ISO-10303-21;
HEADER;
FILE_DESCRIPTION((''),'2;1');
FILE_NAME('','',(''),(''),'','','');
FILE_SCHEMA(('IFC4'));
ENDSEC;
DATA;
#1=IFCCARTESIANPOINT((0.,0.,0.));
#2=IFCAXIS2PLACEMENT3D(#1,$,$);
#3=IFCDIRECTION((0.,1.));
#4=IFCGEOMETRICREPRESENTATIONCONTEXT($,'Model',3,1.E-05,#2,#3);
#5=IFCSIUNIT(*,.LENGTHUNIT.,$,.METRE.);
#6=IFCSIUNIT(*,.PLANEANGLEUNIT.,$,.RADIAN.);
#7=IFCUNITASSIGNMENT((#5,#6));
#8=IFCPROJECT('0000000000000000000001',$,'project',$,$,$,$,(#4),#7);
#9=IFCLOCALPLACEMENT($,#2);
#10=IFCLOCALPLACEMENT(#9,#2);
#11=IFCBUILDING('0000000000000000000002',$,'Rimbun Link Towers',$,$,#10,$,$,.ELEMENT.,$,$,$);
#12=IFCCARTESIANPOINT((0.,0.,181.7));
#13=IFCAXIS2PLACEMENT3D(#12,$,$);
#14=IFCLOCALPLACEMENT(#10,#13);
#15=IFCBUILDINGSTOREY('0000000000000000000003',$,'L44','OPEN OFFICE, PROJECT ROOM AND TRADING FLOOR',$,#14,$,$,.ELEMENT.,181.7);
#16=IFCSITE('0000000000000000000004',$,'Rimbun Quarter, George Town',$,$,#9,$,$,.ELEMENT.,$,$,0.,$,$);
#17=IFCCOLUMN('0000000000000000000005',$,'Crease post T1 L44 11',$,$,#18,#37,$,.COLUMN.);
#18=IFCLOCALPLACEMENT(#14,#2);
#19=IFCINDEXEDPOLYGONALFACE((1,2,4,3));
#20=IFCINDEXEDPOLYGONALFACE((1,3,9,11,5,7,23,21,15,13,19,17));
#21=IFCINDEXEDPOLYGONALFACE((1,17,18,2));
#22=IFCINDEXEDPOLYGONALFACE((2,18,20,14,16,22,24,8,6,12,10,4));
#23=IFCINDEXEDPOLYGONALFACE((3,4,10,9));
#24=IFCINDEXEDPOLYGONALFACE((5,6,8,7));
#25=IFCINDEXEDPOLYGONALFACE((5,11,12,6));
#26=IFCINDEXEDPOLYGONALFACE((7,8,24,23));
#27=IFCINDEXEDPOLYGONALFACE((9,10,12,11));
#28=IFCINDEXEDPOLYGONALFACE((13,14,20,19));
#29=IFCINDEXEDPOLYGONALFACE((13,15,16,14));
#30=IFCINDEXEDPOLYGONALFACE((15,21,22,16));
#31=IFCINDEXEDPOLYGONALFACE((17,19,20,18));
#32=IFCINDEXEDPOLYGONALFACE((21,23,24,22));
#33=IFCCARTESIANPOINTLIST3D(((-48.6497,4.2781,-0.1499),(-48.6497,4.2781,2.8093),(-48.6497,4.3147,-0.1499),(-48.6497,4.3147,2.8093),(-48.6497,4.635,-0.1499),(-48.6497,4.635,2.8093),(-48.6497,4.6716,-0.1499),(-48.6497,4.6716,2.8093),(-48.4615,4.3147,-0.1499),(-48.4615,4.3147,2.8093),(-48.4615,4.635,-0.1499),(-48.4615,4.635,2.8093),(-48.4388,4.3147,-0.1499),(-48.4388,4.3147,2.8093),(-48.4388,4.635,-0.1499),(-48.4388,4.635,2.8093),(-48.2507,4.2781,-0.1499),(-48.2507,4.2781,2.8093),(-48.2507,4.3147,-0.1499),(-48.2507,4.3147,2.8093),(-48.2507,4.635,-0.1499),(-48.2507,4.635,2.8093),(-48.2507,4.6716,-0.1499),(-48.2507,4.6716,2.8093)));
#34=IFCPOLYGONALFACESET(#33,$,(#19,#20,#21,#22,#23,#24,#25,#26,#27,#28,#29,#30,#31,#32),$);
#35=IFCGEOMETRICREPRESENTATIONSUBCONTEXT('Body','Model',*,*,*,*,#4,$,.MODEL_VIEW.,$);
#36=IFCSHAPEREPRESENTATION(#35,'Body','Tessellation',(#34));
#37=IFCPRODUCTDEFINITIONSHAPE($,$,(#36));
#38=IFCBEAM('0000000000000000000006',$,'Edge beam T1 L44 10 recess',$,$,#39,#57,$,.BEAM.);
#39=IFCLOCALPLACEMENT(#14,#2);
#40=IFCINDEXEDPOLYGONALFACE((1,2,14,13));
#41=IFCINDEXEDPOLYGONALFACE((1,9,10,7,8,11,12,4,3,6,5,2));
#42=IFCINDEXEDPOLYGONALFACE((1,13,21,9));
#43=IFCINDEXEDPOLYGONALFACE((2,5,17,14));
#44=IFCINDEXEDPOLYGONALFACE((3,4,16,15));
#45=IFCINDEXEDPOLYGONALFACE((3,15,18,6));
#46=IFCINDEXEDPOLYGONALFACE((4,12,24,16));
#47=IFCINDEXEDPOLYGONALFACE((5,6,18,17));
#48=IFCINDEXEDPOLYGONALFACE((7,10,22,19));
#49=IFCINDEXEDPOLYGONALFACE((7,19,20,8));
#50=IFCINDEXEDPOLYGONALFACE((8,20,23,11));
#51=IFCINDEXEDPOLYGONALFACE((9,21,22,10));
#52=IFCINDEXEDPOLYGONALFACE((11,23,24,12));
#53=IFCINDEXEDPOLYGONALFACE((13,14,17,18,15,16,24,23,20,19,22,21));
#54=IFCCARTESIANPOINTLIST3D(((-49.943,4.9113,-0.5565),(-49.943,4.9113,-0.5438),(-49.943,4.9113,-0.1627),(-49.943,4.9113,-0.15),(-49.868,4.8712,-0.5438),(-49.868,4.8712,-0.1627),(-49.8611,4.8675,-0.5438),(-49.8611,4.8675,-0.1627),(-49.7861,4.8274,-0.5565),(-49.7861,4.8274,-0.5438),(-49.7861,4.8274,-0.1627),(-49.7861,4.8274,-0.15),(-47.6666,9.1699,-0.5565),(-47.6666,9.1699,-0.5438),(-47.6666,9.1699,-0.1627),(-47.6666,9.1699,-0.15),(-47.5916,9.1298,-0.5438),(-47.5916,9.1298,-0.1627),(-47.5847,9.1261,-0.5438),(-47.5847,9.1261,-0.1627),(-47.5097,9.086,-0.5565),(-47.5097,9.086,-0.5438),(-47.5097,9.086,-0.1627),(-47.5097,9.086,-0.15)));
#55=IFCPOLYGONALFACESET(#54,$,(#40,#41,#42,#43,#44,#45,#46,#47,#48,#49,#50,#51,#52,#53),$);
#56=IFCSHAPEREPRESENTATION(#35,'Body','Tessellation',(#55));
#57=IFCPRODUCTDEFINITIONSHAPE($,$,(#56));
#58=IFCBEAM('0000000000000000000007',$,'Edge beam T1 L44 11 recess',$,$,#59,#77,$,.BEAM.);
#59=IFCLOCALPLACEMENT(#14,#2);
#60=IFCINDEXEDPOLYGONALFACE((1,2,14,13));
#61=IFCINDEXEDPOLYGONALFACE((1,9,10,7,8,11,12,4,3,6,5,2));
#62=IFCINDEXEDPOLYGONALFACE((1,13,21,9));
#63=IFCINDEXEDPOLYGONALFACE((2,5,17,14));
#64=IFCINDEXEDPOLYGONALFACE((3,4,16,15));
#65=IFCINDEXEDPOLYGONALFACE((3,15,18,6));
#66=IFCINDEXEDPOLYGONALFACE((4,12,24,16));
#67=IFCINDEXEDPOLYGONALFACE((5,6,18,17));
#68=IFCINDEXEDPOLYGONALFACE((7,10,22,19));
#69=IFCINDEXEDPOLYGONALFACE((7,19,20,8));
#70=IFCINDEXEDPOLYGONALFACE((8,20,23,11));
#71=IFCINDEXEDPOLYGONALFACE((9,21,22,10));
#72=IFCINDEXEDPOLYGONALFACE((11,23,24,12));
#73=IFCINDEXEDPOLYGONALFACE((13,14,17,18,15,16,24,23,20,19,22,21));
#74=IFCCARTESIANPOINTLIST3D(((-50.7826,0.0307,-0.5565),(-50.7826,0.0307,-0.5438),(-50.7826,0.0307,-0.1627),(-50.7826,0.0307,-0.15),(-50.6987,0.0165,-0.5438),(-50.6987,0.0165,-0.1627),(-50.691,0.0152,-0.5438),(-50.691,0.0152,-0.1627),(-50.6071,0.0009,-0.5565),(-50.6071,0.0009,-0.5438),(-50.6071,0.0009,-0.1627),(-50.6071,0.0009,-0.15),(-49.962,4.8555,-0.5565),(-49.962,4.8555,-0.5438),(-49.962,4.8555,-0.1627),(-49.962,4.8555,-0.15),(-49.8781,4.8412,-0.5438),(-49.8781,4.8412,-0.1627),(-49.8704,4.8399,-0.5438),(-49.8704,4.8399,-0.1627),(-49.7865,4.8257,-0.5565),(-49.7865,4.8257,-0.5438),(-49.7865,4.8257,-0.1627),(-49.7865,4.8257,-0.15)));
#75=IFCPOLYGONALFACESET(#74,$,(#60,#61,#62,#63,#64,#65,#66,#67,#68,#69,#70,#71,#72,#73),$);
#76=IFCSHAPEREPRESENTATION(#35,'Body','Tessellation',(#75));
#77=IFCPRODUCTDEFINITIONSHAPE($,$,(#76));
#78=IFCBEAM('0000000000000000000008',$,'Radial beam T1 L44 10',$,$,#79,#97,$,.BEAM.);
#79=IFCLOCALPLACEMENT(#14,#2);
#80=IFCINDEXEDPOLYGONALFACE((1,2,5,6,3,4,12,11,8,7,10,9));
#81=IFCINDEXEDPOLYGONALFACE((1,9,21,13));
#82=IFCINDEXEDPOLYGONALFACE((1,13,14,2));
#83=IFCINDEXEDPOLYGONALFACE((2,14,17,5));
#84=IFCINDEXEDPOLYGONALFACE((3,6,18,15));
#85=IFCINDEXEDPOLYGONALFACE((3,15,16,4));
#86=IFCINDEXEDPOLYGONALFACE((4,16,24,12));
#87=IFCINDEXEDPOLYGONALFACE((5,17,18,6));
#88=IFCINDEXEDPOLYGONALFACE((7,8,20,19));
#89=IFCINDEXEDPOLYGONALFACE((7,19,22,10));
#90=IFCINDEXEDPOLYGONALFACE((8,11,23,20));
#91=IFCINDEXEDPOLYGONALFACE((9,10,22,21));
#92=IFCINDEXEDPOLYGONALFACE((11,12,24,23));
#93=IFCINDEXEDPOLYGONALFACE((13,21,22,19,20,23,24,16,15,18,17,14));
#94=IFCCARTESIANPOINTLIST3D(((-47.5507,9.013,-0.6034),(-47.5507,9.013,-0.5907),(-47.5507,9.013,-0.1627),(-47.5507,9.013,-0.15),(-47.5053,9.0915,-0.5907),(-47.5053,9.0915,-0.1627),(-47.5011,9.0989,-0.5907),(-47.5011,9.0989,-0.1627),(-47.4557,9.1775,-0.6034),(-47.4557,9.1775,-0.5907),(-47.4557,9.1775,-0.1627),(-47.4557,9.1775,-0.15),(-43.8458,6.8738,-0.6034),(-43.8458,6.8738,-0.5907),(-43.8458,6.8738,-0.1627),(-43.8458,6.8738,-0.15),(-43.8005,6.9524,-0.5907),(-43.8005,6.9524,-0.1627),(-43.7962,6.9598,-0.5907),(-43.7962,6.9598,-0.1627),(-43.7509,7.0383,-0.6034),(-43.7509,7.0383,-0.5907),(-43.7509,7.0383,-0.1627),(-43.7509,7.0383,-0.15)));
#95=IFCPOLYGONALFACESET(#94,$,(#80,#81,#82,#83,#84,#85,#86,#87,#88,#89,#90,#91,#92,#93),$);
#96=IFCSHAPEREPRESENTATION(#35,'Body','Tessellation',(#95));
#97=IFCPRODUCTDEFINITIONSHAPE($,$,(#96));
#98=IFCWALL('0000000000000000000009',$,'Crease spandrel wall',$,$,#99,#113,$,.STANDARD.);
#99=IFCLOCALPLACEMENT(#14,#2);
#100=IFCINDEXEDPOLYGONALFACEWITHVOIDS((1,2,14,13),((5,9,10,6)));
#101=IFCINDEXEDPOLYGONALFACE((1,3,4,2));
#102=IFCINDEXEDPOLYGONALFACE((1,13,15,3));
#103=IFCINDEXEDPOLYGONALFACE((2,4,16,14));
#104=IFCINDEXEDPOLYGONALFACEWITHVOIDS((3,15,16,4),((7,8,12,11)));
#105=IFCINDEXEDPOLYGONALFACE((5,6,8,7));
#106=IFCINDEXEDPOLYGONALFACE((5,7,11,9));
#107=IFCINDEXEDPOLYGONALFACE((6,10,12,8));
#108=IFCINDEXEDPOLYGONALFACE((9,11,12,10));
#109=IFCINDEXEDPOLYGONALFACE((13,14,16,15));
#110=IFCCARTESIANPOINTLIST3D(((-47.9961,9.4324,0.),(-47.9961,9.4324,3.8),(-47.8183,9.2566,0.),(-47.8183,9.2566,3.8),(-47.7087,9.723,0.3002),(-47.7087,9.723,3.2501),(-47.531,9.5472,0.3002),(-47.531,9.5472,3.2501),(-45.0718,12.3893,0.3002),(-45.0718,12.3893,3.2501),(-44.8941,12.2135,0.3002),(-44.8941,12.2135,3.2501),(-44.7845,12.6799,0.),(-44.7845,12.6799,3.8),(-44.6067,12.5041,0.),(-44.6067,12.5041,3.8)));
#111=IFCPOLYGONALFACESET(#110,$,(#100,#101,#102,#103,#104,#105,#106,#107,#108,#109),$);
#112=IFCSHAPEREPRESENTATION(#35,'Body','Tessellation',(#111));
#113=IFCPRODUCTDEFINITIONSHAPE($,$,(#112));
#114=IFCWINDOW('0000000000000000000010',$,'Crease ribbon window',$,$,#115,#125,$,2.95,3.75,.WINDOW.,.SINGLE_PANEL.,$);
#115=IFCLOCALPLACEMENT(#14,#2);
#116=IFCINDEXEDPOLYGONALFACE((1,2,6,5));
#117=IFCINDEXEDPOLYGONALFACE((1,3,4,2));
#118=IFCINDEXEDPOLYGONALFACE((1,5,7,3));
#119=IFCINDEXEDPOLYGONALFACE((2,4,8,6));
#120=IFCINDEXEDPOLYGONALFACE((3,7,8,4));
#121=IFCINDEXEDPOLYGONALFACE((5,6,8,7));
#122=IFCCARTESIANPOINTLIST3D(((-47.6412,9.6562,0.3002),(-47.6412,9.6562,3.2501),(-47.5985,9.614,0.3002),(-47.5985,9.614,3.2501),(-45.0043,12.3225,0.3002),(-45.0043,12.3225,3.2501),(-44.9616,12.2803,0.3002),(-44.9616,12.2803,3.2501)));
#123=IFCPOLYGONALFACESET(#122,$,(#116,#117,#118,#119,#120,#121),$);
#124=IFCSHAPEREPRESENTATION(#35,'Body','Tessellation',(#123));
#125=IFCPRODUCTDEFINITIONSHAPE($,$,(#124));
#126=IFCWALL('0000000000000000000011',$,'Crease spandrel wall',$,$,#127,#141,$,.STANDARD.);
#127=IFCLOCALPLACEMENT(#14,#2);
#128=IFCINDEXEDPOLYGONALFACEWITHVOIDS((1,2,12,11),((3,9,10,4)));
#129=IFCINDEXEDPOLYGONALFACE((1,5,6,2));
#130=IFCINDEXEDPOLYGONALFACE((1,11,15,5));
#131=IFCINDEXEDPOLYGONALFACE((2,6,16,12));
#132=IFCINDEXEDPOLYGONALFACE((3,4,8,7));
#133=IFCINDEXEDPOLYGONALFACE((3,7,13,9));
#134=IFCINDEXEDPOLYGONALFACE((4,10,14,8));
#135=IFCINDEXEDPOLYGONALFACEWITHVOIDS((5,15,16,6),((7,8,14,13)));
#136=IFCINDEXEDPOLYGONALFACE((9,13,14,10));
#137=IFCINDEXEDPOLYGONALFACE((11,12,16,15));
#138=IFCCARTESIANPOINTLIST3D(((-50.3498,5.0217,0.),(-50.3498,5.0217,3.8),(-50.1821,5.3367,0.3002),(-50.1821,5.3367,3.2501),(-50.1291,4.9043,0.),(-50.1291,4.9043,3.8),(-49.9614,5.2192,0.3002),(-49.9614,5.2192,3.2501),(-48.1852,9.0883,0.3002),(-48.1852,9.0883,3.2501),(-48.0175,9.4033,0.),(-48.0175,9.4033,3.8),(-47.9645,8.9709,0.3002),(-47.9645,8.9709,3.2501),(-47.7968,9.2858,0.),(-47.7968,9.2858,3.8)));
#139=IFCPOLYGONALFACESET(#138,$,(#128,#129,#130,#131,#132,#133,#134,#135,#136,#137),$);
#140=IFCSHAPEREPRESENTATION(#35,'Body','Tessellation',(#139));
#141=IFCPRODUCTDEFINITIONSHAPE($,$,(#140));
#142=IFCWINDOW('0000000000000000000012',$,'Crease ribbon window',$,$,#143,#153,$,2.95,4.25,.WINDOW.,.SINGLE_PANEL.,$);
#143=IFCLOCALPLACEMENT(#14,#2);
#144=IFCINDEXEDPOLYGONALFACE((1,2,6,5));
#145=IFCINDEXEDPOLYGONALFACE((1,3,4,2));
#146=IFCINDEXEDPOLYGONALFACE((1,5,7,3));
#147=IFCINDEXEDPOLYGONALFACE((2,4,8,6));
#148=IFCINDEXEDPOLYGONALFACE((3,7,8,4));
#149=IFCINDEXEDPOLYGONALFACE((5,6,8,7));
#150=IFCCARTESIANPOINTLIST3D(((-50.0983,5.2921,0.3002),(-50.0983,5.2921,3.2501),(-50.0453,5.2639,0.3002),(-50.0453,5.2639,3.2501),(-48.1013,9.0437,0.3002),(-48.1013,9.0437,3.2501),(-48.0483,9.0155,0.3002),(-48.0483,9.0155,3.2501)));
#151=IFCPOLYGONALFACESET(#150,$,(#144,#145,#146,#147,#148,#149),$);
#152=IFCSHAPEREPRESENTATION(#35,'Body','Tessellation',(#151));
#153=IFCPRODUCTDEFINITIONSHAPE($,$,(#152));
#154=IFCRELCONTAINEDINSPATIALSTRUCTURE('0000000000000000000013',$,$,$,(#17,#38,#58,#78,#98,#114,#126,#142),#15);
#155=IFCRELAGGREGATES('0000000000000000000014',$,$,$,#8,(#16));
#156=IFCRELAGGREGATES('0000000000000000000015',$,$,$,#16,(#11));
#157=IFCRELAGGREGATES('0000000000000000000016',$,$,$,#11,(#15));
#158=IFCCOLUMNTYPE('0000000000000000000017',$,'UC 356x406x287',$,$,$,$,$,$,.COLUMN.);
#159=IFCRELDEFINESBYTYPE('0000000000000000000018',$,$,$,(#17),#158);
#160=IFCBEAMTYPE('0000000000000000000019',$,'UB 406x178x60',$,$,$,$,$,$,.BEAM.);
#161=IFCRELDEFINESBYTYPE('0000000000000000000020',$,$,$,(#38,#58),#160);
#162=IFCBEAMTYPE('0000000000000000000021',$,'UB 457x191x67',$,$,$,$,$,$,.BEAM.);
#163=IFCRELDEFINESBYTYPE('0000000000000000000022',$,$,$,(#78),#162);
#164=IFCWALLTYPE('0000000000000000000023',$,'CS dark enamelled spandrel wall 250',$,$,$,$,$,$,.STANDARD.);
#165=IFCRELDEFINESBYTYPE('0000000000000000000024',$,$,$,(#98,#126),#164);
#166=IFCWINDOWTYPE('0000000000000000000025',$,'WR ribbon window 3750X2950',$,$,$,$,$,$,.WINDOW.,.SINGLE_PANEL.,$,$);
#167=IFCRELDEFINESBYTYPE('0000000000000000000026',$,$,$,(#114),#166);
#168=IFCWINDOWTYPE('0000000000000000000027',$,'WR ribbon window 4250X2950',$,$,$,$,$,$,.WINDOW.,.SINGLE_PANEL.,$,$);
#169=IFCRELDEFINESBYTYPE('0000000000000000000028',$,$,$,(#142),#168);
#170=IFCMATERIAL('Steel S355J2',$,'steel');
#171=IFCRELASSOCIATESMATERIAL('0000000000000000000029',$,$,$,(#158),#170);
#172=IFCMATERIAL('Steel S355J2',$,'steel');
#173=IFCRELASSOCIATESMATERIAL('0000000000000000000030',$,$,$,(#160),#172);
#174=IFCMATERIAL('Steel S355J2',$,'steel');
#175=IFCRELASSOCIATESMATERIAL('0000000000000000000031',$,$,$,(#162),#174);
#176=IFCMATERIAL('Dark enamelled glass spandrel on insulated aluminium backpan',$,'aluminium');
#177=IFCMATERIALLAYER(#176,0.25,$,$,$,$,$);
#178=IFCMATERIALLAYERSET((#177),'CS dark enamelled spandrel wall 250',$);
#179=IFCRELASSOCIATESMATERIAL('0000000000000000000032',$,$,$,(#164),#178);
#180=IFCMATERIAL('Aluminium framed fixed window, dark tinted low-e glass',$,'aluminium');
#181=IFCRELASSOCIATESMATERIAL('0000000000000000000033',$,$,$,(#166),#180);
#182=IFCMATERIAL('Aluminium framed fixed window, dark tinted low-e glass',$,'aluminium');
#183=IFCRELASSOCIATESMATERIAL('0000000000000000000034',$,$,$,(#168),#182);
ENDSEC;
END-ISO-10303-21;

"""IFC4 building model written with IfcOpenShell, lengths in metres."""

from ifc_helpers import new_model, si_unit, direction, frame, frame_2d, origin, origin_2d, place, context, subcontext, project, spatial, rectangle, i_section, extrude, material, layer, layer_set, material_profile, profile_set, type_object, element, fill, save


model = new_model("IFC4")

# Units and contexts
model_context = context("Model", 3, precision=1e-05, world=origin(), true_north=direction((0.0, 1.0)))
body_context = subcontext(model_context, "Body", "Model", "MODEL_VIEW")
ifc_project = project(units=[si_unit("LENGTHUNIT", "METRE"), si_unit("PLANEANGLEUNIT", "RADIAN")], contexts=[model_context])

# Site, building, storey
site_placement = place(None, origin())
site = spatial("IfcSite", under=ifc_project, at=site_placement, Name="Rimbun Quarter, George Town", CompositionType="ELEMENT", RefElevation=0.0)
building_placement = place(site_placement, origin())
building = spatial("IfcBuilding", under=site, at=building_placement, Name="Rimbun Link Towers", CompositionType="ELEMENT")
storey_placement = place(building_placement, frame((0.0, 0.0, 181.7)))
storey = spatial("IfcBuildingStorey", under=building, at=storey_placement, Name="L44", Description="OPEN OFFICE, PROJECT ROOM AND TRADING FLOOR", CompositionType="ELEMENT", Elevation=181.7)

# Column
ifc_material_1 = material(Name="Steel S355J2", Category="steel")
ifc_material_profile_1 = material_profile(ifc_material_1, i_section(OverallWidth=0.3989, OverallDepth=0.3936, WebThickness=0.0227, FlangeThickness=0.0366, at=origin_2d()), Name="UC 356x406x287")
ifc_profile_set_1 = profile_set([ifc_material_profile_1], Name="Steel S355J2")
column_type = type_object("IfcColumnType", Name="UC 356x406x287", PredefinedType="COLUMN", material=ifc_profile_set_1)
column_placement = place(storey_placement, frame((-48.4502, 4.4749, -0.1499), z_axis=(0.0, 0.0, 1.0), x_axis=(1.0, 0.0, 0.0)))
element("IfcColumn", 1, at=column_placement, inside=storey, type_object=column_type, Name="Crease post T1 L44 11", PredefinedType="COLUMN", context=body_context, shape_type="SweptSolid", body=[
    extrude(i_section(OverallWidth=0.3989, OverallDepth=0.3936, WebThickness=0.0227, FlangeThickness=0.0366, at=origin_2d()), origin(), (0.0, 0.0, 1.0), 2.9592),
])

# Beams
ifc_material_2 = material(Name="Steel S355J2", Category="steel")
ifc_material_profile_2 = material_profile(ifc_material_2, i_section(OverallWidth=0.178, OverallDepth=0.4065, WebThickness=0.0078, FlangeThickness=0.0127, at=origin_2d()), Name="UB 406x178x60")
ifc_profile_set_2 = profile_set([ifc_material_profile_2], Name="Steel S355J2")
beam_type_1 = type_object("IfcBeamType", Name="UB 406x178x60", PredefinedType="BEAM", material=ifc_profile_set_2)
beam_1_placement = place(storey_placement, frame((-47.5881, 9.1279, -0.3533), z_axis=(-0.471417, -0.88191, 0.0), x_axis=(0.88191, -0.471417, 0.0)))
element("IfcBeam", 2, at=beam_1_placement, inside=storey, type_object=beam_type_1, Name="Edge beam T1 L44 10 recess", PredefinedType="BEAM", context=body_context, shape_type="SweptSolid", body=[
    extrude(i_section(OverallWidth=0.178, OverallDepth=0.4065, WebThickness=0.0078, FlangeThickness=0.0127, at=origin_2d()), origin(), (0.0, 0.0, 1.0), 4.8289),
])
beam_2_placement = place(storey_placement, frame((-49.8743, 4.8406, -0.3533), z_axis=(-0.167666, -0.985844, 0.0), x_axis=(0.985844, -0.167666, 0.0)))
element("IfcBeam", 3, at=beam_2_placement, inside=storey, type_object=beam_type_1, Name="Edge beam T1 L44 11 recess", PredefinedType="BEAM", context=body_context, shape_type="SweptSolid", body=[
    extrude(i_section(OverallWidth=0.178, OverallDepth=0.4065, WebThickness=0.0078, FlangeThickness=0.0127, at=origin_2d()), origin(), (0.0, 0.0, 1.0), 4.894),
])
ifc_material_3 = material(Name="Steel S355J2", Category="steel")
ifc_material_profile_3 = material_profile(ifc_material_3, i_section(OverallWidth=0.1899, OverallDepth=0.4534, WebThickness=0.0085, FlangeThickness=0.0127, at=origin_2d()), Name="UB 457x191x67")
ifc_profile_set_3 = profile_set([ifc_material_profile_3], Name="Steel S355J2")
beam_type_2 = type_object("IfcBeamType", Name="UB 457x191x67", PredefinedType="BEAM", material=ifc_profile_set_3)
beam_3_placement = place(storey_placement, frame((-43.7983, 6.9561, -0.3767), z_axis=(-0.866008, 0.50003, 0.0), x_axis=(-0.50003, -0.866008, 0.0)))
element("IfcBeam", 4, at=beam_3_placement, inside=storey, type_object=beam_type_2, Name="Radial beam T1 L44 10", PredefinedType="BEAM", context=body_context, shape_type="SweptSolid", body=[
    extrude(i_section(OverallWidth=0.1899, OverallDepth=0.4534, WebThickness=0.0085, FlangeThickness=0.0127, at=origin_2d()), origin(), (0.0, 0.0, 1.0), 4.2781),
])

# Walls, openings, windows
ifc_material_4 = material(Name="Dark enamelled glass spandrel on insulated aluminium backpan", Category="aluminium")
ifc_layer_1 = layer(ifc_material_4, 0.25)
ifc_layer_set_1 = layer_set([ifc_layer_1], Name="CS dark enamelled spandrel wall 250")
wall_type_1 = type_object("IfcWallType", Name="CS dark enamelled spandrel wall 250", PredefinedType="STANDARD", material=ifc_layer_set_1)
wall_1_placement = place(storey_placement, frame((-47.9072, 9.3445, 0.0), z_axis=(0.0, 0.0, 1.0), x_axis=(0.703167, 0.711025, 0.0)))
wall_1 = element("IfcWall", 5, at=wall_1_placement, inside=storey, type_object=wall_type_1, Name="Crease spandrel wall", PredefinedType="STANDARD", context=body_context, shape_type="SweptSolid", body=[
    extrude(rectangle(XDim=4.5674, YDim=0.25, at=frame_2d((2.2837, 0.0))), origin(), (0.0, 0.0, 1.0), 3.8),
])
opening_1_placement = place(wall_1_placement, frame((0.4087, 0.0, 0.3)))
opening_1 = element("IfcOpeningElement", 6, at=opening_1_placement, cuts=wall_1, PredefinedType="OPENING", context=body_context, shape_type="SweptSolid", body=[
    extrude(rectangle(XDim=3.75, YDim=2.95, at=frame_2d((1.875, 1.4751))), frame((0.0, 0.135, 0.0), z_axis=(0.0, -1.0, 0.0), x_axis=(1.0, 0.0, 0.0)), (0.0, 0.0, 1.0), 0.27),
])
ifc_material_5 = material(Name="Aluminium framed fixed window, dark tinted low-e glass", Category="aluminium")
window_type_1 = type_object("IfcWindowType", Name="WR ribbon window 3750X2950", PartitioningType="SINGLE_PANEL", PredefinedType="WINDOW", material=ifc_material_5)
window_1_placement = place(opening_1_placement, origin())
window_1 = element("IfcWindow", 7, at=window_1_placement, inside=storey, type_object=window_type_1, Name="Crease ribbon window", OverallHeight=2.95, OverallWidth=3.75, PartitioningType="SINGLE_PANEL", PredefinedType="WINDOW", context=body_context, shape_type="SweptSolid", body=[
    extrude(rectangle(XDim=3.75, YDim=2.95, at=frame_2d((1.875, 1.4751))), frame((0.0, 0.03, 0.0), z_axis=(0.0, -1.0, 0.0), x_axis=(1.0, 0.0, 0.0)), (0.0, 0.0, 1.0), 0.0601),
])
fill(opening_1, window_1)
wall_2_placement = place(storey_placement, frame((-50.2395, 4.9629, 0.0), z_axis=(0.0, 0.0, 1.0), x_axis=(0.469871, 0.882735, 0.0)))
wall_2 = element("IfcWall", 8, at=wall_2_placement, inside=storey, type_object=wall_type_1, Name="Crease spandrel wall", PredefinedType="STANDARD", context=body_context, shape_type="SweptSolid", body=[
    extrude(rectangle(XDim=4.9636, YDim=0.25, at=frame_2d((2.4819, 0.0))), origin(), (0.0, 0.0, 1.0), 3.8),
])
opening_2_placement = place(wall_2_placement, frame((0.3569, 0.0, 0.3)))
opening_2 = element("IfcOpeningElement", 9, at=opening_2_placement, cuts=wall_2, PredefinedType="OPENING", context=body_context, shape_type="SweptSolid", body=[
    extrude(rectangle(XDim=4.25, YDim=2.95, at=frame_2d((2.125, 1.4751))), frame((0.0, 0.135, 0.0), z_axis=(0.0, -1.0, 0.0), x_axis=(1.0, 0.0, 0.0)), (0.0, 0.0, 1.0), 0.27),
])
ifc_material_6 = material(Name="Aluminium framed fixed window, dark tinted low-e glass", Category="aluminium")
window_type_2 = type_object("IfcWindowType", Name="WR ribbon window 4250X2950", PartitioningType="SINGLE_PANEL", PredefinedType="WINDOW", material=ifc_material_6)
window_2_placement = place(opening_2_placement, origin())
window_2 = element("IfcWindow", 10, at=window_2_placement, inside=storey, type_object=window_type_2, Name="Crease ribbon window", OverallHeight=2.95, OverallWidth=4.25, PartitioningType="SINGLE_PANEL", PredefinedType="WINDOW", context=body_context, shape_type="SweptSolid", body=[
    extrude(rectangle(XDim=4.25, YDim=2.95, at=frame_2d((2.125, 1.4751))), frame((0.0, 0.03, 0.0), z_axis=(0.0, -1.0, 0.0), x_axis=(1.0, 0.0, 0.0)), (0.0, 0.0, 1.0), 0.0601),
])
fill(opening_2, window_2)

save(model, "model.ifc")
